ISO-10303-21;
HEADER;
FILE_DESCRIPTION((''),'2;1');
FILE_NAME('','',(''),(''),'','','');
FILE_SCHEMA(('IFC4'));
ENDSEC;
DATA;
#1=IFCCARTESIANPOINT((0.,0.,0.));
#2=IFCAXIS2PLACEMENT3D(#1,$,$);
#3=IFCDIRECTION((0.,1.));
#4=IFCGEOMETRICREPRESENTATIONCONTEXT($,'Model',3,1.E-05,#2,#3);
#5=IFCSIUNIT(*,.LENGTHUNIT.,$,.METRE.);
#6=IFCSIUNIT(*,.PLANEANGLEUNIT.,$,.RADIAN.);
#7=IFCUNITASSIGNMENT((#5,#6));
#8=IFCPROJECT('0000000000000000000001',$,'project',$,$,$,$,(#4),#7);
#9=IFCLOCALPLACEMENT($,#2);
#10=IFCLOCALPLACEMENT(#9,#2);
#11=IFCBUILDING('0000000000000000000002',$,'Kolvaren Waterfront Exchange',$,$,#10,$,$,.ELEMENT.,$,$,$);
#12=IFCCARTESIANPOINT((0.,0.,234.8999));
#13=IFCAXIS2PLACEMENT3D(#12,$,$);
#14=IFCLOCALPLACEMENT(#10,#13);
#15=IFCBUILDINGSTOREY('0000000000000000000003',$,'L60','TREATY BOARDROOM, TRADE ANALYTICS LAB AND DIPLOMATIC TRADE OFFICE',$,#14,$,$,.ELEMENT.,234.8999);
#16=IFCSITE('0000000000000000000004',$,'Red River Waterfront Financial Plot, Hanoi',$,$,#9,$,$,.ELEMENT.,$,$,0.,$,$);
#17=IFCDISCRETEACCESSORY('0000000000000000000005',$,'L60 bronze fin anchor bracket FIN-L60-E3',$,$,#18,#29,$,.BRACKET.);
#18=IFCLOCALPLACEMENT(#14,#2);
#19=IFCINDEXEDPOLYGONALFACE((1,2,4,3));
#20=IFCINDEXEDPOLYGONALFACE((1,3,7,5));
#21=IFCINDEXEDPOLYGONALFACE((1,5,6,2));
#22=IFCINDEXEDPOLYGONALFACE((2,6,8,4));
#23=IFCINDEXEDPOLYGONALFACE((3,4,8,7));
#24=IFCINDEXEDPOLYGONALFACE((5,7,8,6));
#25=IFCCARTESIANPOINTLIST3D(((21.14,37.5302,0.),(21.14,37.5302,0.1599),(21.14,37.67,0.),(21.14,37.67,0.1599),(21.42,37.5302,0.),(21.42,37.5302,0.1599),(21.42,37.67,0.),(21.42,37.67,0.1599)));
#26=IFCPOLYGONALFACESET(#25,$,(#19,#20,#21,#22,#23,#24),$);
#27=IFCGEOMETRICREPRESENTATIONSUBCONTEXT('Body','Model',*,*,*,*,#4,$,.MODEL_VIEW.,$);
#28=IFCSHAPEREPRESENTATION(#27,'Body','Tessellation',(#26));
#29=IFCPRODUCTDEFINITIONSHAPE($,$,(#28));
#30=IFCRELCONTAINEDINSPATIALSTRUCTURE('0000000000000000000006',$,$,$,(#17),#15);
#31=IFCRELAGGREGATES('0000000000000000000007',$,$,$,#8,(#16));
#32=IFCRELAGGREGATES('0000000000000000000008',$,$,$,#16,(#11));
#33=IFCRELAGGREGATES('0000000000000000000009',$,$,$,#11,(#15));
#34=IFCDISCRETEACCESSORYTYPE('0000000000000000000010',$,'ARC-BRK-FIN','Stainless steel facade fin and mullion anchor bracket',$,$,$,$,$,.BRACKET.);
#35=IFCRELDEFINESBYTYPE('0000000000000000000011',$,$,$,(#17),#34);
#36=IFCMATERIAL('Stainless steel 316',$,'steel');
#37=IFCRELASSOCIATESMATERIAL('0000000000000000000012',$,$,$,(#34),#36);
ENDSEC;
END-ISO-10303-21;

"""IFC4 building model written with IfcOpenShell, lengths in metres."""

from ifc_helpers import new_model, si_unit, direction, frame, origin, origin_with_axes, origin_2d, place, context, subcontext, project, spatial, rectangle, extrude, source, transform, mapped, material, type_object, element, save


model = new_model("IFC4")

# Units and contexts
model_context = context("Model", 3, precision=1e-05, world=origin(), true_north=direction((0.0, 1.0)))
body_context = subcontext(model_context, "Body", "Model", "MODEL_VIEW")
ifc_project = project(units=[si_unit("LENGTHUNIT", "METRE"), si_unit("PLANEANGLEUNIT", "RADIAN")], contexts=[model_context])

# Site, building, storey
site_placement = place(None, origin())
site = spatial("IfcSite", under=ifc_project, at=site_placement, Name="Red River Waterfront Financial Plot, Hanoi", CompositionType="ELEMENT", RefElevation=0.0)
building_placement = place(site_placement, origin())
building = spatial("IfcBuilding", under=site, at=building_placement, Name="Kolvaren Waterfront Exchange", CompositionType="ELEMENT")
storey_placement = place(building_placement, frame((0.0, 0.0, 234.8999)))
storey = spatial("IfcBuildingStorey", under=building, at=storey_placement, Name="L60", Description="TREATY BOARDROOM, TRADE ANALYTICS LAB AND DIPLOMATIC TRADE OFFICE", CompositionType="ELEMENT", Elevation=234.8999)

# Shared definitions
ifc_material_1 = material(Name="Stainless steel 316", Category="steel")

# Discrete accessory
discrete_accessory_type = type_object("IfcDiscreteAccessoryType", Name="ARC-BRK-FIN", Description="Stainless steel facade fin and mullion anchor bracket", PredefinedType="BRACKET", material=ifc_material_1)
shared_shape_1 = source(origin_with_axes(), body_context, "Body", "SweptSolid", [
    extrude(rectangle(XDim=0.28, YDim=0.1399, at=origin_2d()), origin(), (0.0, 0.0, 1.0), 0.1599),
])
for number, where, z_axis, x_axis, name in (
    (1, (21.28, 37.6001, 0.0), (0.0, 0.0, 1.0), (1.0, 0.0, 0.0), "L60 bronze fin anchor bracket FIN-L60-E3"),
):
    element("IfcDiscreteAccessory", number, at=place(storey_placement, frame(where, z_axis=z_axis, x_axis=x_axis)), inside=storey, type_object=discrete_accessory_type, Name=name, PredefinedType="BRACKET", context=body_context, shape_type="MappedRepresentation", body=[
        mapped(shared_shape_1, transform((0.0, 0.0, 0.0), x_axis=(1.0, 0.0, 0.0), y_axis=(0.0, 1.0, 0.0), z_axis=(0.0, 0.0, 1.0), scale=1.0)),
    ])

save(model, "model.ifc")
